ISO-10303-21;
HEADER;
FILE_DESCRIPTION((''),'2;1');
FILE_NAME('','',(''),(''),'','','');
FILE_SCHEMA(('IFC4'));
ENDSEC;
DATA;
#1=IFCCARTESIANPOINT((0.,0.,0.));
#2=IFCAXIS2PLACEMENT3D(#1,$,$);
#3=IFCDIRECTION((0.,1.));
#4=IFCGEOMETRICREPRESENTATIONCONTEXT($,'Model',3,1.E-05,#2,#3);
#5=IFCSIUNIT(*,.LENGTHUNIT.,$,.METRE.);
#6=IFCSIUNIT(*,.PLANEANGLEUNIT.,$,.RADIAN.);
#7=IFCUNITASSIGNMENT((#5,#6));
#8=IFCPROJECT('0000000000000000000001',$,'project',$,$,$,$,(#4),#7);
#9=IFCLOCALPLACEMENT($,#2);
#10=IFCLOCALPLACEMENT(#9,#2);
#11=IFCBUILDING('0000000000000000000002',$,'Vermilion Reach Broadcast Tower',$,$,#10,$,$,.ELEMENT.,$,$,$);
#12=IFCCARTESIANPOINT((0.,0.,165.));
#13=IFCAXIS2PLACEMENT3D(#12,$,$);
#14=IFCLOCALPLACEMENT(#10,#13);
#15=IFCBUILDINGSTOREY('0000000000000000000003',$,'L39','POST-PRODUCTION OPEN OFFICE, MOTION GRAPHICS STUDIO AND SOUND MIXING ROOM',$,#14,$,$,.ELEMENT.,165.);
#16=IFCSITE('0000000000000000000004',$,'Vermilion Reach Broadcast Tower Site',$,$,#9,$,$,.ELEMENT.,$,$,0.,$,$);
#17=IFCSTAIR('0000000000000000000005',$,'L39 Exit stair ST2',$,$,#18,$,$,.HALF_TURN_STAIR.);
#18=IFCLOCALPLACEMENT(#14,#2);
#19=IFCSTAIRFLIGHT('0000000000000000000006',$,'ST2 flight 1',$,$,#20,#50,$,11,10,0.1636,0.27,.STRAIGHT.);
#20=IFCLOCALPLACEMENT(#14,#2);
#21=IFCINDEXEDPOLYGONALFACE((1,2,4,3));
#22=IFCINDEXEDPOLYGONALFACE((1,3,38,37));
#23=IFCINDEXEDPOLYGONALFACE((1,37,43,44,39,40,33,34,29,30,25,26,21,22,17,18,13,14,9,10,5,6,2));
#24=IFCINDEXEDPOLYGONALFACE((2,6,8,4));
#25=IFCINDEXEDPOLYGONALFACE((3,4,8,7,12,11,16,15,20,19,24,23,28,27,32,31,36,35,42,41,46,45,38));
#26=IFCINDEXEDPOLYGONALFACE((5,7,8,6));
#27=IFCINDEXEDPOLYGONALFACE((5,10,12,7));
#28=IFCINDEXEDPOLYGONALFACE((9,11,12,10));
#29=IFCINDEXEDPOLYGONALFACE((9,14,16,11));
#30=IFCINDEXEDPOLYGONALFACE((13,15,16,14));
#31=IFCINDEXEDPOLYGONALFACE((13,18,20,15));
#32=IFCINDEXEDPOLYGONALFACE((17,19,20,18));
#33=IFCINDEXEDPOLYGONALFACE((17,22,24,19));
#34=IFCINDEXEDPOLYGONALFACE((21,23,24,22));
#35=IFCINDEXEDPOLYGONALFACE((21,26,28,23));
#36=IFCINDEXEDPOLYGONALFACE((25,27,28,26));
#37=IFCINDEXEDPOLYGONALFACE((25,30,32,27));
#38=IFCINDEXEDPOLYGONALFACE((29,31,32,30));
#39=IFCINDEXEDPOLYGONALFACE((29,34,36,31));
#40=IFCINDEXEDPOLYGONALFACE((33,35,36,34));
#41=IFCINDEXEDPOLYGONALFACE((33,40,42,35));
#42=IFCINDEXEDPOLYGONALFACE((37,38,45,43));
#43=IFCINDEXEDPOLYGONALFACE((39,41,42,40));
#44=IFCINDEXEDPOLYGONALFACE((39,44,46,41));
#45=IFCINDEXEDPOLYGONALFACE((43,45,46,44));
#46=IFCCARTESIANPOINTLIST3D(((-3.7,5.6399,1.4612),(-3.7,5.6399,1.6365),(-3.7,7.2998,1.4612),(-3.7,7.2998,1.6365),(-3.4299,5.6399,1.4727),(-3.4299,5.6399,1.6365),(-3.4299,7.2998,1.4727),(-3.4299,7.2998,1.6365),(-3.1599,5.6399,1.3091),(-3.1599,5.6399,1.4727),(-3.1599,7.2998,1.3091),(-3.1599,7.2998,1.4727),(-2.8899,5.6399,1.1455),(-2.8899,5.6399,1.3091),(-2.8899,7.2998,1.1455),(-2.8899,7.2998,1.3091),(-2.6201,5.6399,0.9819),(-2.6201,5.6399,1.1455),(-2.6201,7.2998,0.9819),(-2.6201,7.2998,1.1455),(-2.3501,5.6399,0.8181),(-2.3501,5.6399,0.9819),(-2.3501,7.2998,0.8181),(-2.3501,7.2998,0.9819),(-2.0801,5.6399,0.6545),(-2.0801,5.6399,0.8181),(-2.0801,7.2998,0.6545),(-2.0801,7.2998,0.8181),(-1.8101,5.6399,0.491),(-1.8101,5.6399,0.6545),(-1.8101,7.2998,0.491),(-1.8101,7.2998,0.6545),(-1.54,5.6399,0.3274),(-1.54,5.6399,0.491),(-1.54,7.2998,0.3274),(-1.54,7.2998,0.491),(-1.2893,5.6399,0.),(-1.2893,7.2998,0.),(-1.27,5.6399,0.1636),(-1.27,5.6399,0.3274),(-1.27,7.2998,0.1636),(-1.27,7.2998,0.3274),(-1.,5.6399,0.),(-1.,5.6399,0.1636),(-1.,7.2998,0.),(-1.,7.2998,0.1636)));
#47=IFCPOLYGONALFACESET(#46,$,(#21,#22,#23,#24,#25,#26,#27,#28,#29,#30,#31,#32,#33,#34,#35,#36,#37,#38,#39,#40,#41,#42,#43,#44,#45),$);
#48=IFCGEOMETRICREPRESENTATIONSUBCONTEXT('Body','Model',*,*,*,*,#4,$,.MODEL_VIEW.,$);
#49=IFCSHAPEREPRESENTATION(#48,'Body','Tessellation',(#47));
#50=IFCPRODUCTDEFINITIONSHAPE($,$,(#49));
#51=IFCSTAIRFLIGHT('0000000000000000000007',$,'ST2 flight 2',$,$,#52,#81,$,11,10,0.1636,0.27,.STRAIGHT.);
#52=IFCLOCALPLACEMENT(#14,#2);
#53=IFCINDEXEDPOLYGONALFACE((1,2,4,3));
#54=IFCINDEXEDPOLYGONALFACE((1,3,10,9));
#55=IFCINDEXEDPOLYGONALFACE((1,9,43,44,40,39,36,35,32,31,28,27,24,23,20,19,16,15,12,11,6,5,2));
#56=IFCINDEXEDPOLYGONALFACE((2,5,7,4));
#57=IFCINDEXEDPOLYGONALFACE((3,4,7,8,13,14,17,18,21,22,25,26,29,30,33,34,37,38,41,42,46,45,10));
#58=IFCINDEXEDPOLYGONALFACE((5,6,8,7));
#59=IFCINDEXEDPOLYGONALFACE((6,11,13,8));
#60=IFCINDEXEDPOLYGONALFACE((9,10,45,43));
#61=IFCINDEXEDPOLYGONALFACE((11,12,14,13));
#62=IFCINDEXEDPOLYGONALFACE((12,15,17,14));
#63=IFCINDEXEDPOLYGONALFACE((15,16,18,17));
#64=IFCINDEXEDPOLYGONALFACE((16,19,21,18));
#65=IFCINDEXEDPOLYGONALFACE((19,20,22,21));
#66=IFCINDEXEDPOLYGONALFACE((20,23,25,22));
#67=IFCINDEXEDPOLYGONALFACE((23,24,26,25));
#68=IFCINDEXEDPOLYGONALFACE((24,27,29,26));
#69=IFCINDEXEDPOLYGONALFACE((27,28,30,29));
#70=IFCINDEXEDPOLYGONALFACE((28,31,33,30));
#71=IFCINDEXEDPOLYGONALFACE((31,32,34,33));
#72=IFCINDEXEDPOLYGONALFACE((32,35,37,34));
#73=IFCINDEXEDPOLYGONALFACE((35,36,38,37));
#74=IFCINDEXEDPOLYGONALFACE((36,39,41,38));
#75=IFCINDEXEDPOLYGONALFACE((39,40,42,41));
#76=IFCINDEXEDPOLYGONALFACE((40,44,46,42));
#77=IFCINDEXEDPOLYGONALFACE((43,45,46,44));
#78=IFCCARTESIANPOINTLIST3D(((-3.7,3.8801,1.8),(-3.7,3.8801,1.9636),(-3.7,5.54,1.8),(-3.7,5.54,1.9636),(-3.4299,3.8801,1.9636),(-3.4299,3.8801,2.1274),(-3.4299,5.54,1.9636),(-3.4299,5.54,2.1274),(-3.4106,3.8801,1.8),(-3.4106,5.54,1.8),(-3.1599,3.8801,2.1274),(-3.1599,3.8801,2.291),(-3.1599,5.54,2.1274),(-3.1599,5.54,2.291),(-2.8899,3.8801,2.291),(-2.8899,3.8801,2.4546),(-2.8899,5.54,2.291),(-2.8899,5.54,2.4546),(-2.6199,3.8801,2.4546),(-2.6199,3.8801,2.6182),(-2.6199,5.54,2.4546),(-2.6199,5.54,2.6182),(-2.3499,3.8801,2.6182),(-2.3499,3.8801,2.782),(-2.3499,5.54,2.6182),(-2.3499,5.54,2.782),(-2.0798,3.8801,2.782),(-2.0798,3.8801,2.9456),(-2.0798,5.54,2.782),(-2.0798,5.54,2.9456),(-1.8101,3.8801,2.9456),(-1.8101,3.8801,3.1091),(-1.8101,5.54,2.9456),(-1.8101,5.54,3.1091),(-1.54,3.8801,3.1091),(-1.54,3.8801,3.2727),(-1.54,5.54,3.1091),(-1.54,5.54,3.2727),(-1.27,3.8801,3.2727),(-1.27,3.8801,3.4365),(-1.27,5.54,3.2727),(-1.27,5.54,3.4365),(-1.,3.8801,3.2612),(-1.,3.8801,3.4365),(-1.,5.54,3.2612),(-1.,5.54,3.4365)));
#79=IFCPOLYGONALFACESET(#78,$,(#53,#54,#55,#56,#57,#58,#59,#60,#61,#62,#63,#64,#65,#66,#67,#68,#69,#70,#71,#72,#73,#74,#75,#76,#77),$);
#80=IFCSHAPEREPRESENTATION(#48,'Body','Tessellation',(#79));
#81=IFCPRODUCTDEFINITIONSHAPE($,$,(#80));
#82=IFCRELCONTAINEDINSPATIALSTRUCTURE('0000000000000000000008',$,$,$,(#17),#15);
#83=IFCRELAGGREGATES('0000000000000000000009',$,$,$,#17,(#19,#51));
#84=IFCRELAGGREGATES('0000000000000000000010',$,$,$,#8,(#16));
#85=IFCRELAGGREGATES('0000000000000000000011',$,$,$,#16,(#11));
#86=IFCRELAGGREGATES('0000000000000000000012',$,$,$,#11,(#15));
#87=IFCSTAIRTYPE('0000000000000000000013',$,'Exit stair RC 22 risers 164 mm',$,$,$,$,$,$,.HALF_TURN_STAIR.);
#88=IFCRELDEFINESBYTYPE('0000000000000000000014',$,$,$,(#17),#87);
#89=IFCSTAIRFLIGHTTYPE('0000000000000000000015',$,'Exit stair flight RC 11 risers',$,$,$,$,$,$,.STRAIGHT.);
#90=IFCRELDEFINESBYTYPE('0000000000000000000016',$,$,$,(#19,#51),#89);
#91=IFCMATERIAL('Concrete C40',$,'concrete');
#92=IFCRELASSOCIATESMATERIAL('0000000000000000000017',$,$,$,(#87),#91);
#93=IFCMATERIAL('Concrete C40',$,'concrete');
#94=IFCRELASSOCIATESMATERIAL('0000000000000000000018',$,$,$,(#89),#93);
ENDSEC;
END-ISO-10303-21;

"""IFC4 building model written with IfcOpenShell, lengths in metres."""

from ifc_helpers import new_model, si_unit, direction, frame, origin, place, context, subcontext, project, spatial, polyline, outline, extrude, material, type_object, element, aggregate, save


model = new_model("IFC4")

# Units and contexts
model_context = context("Model", 3, precision=1e-05, world=origin(), true_north=direction((0.0, 1.0)))
body_context = subcontext(model_context, "Body", "Model", "MODEL_VIEW")
ifc_project = project(units=[si_unit("LENGTHUNIT", "METRE"), si_unit("PLANEANGLEUNIT", "RADIAN")], contexts=[model_context])

# Site, building, storey
site_placement = place(None, origin())
site = spatial("IfcSite", under=ifc_project, at=site_placement, Name="Vermilion Reach Broadcast Tower Site", CompositionType="ELEMENT", RefElevation=0.0)
building_placement = place(site_placement, origin())
building = spatial("IfcBuilding", under=site, at=building_placement, Name="Vermilion Reach Broadcast Tower", CompositionType="ELEMENT")
storey_placement = place(building_placement, frame((0.0, 0.0, 165.0)))
storey = spatial("IfcBuildingStorey", under=building, at=storey_placement, Name="L39", Description="POST-PRODUCTION OPEN OFFICE, MOTION GRAPHICS STUDIO AND SOUND MIXING ROOM", CompositionType="ELEMENT", Elevation=165.0)

# Stair
ifc_material_1 = material(Name="Concrete C40", Category="concrete")
stair_type = type_object("IfcStairType", Name="Exit stair RC 22 risers 164 mm", PredefinedType="HALF_TURN_STAIR", material=ifc_material_1)
placement_1 = place(storey_placement, origin())
stair_1 = element("IfcStair", 1, at=placement_1, inside=storey, type_object=stair_type, Name="L39 Exit stair ST2", PredefinedType="HALF_TURN_STAIR")

# Stair flights
ifc_material_2 = material(Name="Concrete C40", Category="concrete")
stair_flight_type = type_object("IfcStairFlightType", Name="Exit stair flight RC 11 risers", PredefinedType="STRAIGHT", material=ifc_material_2)
stair_flight_1_placement = place(storey_placement, frame((-1.0, 6.47, 0.0), z_axis=(0.0, 0.0, 1.0), x_axis=(-1.0, 0.0, 0.0)))
stair_flight_1 = element("IfcStairFlight", 2, at=stair_flight_1_placement, type_object=stair_flight_type, Name="ST2 flight 1", NumberOfRisers=11, NumberOfTreads=10, PredefinedType="STRAIGHT", RiserHeight=0.1636, TreadLength=0.27, context=body_context, shape_type="SweptSolid", body=[
    extrude(outline(polyline([(0.0, 0.0), (0.0, 0.1636), (0.27, 0.1636), (0.27, 0.3274), (0.54, 0.3274), (0.54, 0.491), (0.8101, 0.491), (0.8101, 0.6545), (1.0801, 0.6545), (1.0801, 0.8181), (1.3501, 0.8181), (1.3501, 0.9819), (1.6201, 0.9819), (1.6201, 1.1455), (1.8899, 1.1455), (1.8899, 1.3091), (2.1599, 1.3091), (2.1599, 1.4727), (2.4299, 1.4727), (2.4299, 1.6365), (2.7, 1.6365), (2.7, 1.8), (2.7, 1.4612), (0.2893, 0.0), (0.0, 0.0)])), frame((0.0, 0.8301, 0.0), z_axis=(0.0, -1.0, 0.0), x_axis=(1.0, 0.0, 0.0)), (0.0, 0.0, 1.0), 1.6599),
])
stair_flight_2_placement = place(storey_placement, frame((-3.7, 4.71, 1.8), z_axis=(0.0, 0.0, 1.0), x_axis=(1.0, 0.0, 0.0)))
stair_flight_2 = element("IfcStairFlight", 3, at=stair_flight_2_placement, type_object=stair_flight_type, Name="ST2 flight 2", NumberOfRisers=11, NumberOfTreads=10, PredefinedType="STRAIGHT", RiserHeight=0.1636, TreadLength=0.27, context=body_context, shape_type="SweptSolid", body=[
    extrude(outline(polyline([(0.0, 0.0), (0.0, 0.1636), (0.27, 0.1636), (0.27, 0.3274), (0.54, 0.3274), (0.54, 0.491), (0.8101, 0.491), (0.8101, 0.6545), (1.0801, 0.6545), (1.0801, 0.8181), (1.3501, 0.8181), (1.3501, 0.9819), (1.6201, 0.9819), (1.6201, 1.1455), (1.8899, 1.1455), (1.8899, 1.3091), (2.1599, 1.3091), (2.1599, 1.4727), (2.4299, 1.4727), (2.4299, 1.6365), (2.7, 1.6365), (2.7, 1.8), (2.7, 1.4612), (0.2893, 0.0), (0.0, 0.0)])), frame((0.0, 0.8301, 0.0), z_axis=(0.0, -1.0, 0.0), x_axis=(1.0, 0.0, 0.0)), (0.0, 0.0, 1.0), 1.6599),
])
aggregate(stair_1, [stair_flight_1, stair_flight_2])

save(model, "model.ifc")
